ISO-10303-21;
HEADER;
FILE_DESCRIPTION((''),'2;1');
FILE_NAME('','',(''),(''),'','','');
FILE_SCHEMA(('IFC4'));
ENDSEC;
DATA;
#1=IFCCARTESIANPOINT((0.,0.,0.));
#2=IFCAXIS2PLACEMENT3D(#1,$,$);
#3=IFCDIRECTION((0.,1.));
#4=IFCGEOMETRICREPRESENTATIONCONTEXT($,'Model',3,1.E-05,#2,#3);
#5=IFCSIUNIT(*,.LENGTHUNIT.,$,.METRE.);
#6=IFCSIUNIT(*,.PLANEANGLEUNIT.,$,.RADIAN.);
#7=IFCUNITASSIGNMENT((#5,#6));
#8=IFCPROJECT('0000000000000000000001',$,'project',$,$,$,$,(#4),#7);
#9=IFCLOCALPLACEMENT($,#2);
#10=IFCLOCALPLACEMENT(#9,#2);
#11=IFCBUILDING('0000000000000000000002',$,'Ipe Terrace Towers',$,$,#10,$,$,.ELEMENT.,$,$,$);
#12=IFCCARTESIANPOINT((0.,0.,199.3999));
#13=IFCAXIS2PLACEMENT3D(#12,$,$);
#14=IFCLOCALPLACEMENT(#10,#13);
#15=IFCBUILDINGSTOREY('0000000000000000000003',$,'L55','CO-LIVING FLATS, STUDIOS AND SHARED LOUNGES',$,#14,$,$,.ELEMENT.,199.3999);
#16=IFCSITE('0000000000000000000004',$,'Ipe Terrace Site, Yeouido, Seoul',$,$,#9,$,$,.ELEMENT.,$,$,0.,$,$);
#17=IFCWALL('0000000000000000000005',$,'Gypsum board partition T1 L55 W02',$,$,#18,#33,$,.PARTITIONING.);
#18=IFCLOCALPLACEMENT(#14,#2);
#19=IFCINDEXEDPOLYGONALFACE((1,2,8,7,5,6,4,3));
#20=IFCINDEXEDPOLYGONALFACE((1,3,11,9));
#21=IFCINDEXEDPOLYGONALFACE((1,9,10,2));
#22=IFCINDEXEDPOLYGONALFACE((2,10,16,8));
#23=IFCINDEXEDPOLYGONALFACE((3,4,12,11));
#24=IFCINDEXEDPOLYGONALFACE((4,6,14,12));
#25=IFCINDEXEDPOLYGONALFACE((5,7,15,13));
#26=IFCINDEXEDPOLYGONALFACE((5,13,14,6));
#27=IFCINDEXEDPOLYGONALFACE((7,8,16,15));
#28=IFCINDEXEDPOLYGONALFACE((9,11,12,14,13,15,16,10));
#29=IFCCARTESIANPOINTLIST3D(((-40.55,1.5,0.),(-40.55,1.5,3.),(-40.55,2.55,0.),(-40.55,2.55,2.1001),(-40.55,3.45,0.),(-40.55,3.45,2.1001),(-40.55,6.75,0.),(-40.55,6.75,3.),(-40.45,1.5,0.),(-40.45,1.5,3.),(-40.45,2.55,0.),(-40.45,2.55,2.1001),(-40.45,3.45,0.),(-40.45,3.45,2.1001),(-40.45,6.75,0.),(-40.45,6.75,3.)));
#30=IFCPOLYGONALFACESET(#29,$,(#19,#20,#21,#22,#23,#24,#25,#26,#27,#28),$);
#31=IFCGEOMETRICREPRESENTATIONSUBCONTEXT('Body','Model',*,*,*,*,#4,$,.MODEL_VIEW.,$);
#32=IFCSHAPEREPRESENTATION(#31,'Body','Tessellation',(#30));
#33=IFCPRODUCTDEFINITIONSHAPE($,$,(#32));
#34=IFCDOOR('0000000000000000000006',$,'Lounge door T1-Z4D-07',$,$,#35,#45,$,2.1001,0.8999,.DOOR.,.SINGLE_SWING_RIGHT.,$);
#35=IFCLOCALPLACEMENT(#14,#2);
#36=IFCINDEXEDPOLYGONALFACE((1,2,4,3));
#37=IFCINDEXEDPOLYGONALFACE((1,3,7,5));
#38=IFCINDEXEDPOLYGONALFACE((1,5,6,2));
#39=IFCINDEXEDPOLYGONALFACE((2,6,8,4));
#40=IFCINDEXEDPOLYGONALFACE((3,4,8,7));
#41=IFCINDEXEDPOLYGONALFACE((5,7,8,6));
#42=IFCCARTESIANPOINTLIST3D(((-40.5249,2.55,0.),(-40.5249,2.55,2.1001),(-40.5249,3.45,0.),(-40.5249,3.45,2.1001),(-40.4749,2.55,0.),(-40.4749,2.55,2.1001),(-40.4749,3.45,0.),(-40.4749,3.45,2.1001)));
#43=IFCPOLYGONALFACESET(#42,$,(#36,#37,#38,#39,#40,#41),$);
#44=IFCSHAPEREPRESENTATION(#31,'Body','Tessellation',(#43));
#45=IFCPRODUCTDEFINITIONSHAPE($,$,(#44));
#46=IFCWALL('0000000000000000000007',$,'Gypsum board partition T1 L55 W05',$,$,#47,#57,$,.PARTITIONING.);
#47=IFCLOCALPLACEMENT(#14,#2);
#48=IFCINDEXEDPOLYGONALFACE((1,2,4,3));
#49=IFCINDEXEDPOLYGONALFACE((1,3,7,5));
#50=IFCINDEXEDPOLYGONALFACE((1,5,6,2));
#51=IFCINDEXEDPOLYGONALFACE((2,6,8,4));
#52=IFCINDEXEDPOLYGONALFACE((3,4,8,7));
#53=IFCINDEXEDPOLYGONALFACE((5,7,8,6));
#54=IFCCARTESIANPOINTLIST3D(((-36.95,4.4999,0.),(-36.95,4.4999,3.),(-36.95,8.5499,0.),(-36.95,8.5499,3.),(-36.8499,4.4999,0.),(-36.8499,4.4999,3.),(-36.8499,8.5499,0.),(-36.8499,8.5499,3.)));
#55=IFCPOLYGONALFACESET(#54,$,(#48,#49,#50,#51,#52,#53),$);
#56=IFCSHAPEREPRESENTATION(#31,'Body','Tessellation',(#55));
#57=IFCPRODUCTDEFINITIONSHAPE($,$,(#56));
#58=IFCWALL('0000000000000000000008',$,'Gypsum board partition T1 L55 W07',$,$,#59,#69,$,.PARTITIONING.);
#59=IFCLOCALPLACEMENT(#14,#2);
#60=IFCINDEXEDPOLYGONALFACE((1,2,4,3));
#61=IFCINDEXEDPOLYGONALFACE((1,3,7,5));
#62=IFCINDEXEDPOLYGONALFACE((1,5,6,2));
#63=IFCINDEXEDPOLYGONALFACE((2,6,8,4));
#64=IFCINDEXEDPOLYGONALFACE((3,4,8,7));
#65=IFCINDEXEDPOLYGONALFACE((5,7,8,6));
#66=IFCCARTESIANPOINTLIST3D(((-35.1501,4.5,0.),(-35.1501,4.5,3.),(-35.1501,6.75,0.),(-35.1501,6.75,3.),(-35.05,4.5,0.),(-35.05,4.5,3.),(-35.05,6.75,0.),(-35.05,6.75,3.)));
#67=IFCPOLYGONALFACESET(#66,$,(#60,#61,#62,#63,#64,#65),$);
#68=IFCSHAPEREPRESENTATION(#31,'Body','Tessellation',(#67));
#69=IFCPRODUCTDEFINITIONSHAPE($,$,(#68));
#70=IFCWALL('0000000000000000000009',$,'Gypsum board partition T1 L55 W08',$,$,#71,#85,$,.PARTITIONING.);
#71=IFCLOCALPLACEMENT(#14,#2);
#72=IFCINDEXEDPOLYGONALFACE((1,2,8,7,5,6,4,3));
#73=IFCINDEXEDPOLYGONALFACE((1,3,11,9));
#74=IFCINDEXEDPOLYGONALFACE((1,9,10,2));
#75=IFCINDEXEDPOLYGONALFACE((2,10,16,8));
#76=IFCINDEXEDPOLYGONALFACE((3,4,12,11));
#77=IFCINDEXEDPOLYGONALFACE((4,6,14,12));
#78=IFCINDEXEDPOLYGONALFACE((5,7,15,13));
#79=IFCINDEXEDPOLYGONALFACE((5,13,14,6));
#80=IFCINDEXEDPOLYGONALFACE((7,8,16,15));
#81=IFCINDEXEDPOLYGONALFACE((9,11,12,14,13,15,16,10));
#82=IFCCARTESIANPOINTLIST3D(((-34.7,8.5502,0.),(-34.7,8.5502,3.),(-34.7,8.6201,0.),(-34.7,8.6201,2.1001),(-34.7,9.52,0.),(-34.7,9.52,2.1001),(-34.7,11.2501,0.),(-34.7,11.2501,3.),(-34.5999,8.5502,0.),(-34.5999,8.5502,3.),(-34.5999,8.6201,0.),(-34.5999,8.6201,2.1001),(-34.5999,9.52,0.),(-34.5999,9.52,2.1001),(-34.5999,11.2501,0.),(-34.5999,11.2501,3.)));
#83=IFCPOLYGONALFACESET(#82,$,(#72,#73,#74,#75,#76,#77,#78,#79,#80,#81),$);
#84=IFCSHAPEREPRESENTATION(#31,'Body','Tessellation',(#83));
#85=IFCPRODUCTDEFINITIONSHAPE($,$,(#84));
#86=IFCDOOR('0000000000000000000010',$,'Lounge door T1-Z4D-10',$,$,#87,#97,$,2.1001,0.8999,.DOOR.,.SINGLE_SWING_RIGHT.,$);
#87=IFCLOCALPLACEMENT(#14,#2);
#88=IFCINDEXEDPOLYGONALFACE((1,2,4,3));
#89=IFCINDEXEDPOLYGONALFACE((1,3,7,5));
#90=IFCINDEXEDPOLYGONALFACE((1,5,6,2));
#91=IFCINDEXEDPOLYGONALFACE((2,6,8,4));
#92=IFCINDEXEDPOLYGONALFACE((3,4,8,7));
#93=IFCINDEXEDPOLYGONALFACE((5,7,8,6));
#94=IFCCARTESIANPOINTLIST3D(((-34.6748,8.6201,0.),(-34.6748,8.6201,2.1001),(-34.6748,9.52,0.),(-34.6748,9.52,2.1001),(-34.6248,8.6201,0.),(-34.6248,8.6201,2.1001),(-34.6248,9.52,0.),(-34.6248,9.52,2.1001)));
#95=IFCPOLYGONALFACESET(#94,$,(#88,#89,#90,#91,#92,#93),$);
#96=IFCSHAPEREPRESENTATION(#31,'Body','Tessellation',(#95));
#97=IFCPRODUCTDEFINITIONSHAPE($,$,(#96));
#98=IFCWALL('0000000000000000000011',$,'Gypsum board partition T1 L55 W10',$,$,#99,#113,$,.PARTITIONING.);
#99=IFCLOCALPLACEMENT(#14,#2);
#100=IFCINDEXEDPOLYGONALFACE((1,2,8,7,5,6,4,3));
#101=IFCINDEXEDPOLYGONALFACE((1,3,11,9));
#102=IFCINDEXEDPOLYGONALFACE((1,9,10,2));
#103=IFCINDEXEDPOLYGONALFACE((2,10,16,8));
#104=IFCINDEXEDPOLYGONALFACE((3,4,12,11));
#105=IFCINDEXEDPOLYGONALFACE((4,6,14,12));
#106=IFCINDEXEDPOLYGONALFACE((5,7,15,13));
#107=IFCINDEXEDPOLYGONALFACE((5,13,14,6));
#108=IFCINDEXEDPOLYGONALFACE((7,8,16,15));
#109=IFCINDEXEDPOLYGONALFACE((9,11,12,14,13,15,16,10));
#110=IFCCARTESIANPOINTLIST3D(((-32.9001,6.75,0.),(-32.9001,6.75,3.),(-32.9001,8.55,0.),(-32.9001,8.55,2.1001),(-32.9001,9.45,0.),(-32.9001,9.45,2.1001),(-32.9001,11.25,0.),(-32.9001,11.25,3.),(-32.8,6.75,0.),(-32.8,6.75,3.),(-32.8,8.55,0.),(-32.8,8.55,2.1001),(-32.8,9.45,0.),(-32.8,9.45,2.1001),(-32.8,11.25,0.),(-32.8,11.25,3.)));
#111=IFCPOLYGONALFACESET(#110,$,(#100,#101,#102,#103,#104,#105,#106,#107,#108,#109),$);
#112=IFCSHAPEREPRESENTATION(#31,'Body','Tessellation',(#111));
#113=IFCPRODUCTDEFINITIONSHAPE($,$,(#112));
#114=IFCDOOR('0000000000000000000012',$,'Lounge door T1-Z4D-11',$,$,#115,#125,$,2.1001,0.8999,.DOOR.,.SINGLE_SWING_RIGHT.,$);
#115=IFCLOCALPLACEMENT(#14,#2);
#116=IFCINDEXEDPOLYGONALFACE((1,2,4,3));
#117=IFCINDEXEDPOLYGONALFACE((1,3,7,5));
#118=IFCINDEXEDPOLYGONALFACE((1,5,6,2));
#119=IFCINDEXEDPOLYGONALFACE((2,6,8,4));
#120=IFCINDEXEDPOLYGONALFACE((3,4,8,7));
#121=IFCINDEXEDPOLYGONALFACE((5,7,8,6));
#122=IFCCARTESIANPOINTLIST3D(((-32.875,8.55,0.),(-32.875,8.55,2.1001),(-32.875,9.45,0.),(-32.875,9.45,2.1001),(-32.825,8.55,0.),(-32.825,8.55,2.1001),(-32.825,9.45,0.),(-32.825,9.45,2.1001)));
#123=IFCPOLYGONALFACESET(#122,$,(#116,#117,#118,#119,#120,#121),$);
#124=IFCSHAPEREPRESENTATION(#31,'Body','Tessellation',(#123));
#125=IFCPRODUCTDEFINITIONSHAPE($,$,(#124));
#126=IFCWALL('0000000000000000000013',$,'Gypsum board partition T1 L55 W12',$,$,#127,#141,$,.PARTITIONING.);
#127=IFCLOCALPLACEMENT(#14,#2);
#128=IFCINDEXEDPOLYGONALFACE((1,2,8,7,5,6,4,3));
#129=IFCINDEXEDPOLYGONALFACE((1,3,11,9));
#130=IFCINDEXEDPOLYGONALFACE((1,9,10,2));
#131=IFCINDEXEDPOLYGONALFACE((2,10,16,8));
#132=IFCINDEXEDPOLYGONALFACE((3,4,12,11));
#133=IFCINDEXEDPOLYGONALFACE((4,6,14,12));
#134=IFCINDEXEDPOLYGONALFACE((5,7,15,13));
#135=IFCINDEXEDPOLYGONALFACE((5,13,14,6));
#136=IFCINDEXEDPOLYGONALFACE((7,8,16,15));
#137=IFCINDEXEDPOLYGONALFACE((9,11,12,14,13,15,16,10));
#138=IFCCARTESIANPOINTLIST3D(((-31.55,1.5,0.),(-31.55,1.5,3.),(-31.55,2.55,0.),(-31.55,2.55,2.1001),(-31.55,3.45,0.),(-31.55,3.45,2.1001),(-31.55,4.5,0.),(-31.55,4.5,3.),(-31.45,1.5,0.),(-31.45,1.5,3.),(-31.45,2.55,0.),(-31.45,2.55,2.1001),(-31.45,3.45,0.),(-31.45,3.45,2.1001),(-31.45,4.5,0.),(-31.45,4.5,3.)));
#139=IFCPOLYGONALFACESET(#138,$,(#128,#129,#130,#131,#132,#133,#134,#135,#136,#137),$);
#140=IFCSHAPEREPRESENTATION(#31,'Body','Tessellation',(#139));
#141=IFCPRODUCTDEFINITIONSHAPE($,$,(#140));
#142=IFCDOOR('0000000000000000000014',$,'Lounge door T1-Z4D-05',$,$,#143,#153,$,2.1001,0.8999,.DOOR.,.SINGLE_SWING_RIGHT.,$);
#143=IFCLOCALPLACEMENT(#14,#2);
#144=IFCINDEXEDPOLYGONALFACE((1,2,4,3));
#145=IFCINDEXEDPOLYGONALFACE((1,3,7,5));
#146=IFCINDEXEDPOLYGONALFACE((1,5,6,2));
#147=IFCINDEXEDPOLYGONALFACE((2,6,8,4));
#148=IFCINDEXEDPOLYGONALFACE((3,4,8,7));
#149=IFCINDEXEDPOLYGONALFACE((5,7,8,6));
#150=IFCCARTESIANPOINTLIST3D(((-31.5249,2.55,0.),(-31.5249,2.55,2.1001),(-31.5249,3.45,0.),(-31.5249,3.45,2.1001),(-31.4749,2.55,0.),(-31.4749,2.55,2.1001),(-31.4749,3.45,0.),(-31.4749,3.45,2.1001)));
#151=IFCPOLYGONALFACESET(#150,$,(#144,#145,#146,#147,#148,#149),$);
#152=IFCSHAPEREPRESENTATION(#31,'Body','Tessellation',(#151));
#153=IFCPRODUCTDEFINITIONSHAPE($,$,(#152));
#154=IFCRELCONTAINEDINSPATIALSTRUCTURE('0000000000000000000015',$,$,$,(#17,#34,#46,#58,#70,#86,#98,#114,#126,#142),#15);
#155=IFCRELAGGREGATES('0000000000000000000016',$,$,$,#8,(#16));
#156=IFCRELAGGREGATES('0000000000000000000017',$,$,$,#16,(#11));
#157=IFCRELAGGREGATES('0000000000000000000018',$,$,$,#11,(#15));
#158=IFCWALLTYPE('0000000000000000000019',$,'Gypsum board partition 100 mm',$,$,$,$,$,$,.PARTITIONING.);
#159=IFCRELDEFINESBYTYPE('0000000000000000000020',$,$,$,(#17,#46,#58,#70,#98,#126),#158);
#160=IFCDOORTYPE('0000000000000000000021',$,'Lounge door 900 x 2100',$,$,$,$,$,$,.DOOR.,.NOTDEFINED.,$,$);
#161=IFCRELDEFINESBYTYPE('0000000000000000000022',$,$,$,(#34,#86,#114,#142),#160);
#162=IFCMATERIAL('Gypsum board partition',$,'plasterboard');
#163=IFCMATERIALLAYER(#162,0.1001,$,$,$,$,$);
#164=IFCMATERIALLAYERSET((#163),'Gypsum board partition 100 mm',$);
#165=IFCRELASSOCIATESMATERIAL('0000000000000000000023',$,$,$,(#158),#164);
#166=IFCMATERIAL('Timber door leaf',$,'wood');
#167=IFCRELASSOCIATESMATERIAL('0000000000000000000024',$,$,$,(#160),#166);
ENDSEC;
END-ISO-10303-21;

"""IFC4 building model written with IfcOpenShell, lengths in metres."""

from ifc_helpers import new_model, si_unit, direction, frame, frame_2d, origin, place, context, subcontext, project, spatial, rectangle, extrude, material, layer, layer_set, type_object, element, fill, save


model = new_model("IFC4")

# Units and contexts
model_context = context("Model", 3, precision=1e-05, world=origin(), true_north=direction((0.0, 1.0)))
body_context = subcontext(model_context, "Body", "Model", "MODEL_VIEW")
ifc_project = project(units=[si_unit("LENGTHUNIT", "METRE"), si_unit("PLANEANGLEUNIT", "RADIAN")], contexts=[model_context])

# Site, building, storey
site_placement = place(None, origin())
site = spatial("IfcSite", under=ifc_project, at=site_placement, Name="Ipe Terrace Site, Yeouido, Seoul", CompositionType="ELEMENT", RefElevation=0.0)
building_placement = place(site_placement, origin())
building = spatial("IfcBuilding", under=site, at=building_placement, Name="Ipe Terrace Towers", CompositionType="ELEMENT")
storey_placement = place(building_placement, frame((0.0, 0.0, 199.3999)))
storey = spatial("IfcBuildingStorey", under=building, at=storey_placement, Name="L55", Description="CO-LIVING FLATS, STUDIOS AND SHARED LOUNGES", CompositionType="ELEMENT", Elevation=199.3999)

# Wall, opening, door
ifc_material_1 = material(Name="Gypsum board partition", Category="plasterboard")
ifc_layer_1 = layer(ifc_material_1, 0.1001)
ifc_layer_set_1 = layer_set([ifc_layer_1], Name="Gypsum board partition 100 mm")
wall_type_1 = type_object("IfcWallType", Name="Gypsum board partition 100 mm", PredefinedType="PARTITIONING", material=ifc_layer_set_1)
wall_1_placement = place(storey_placement, frame((-40.5, 1.5, 0.0), z_axis=(0.0, 0.0, 1.0), x_axis=(0.0, 1.0, 0.0)))
wall_1 = element("IfcWall", 1, at=wall_1_placement, inside=storey, type_object=wall_type_1, Name="Gypsum board partition T1 L55 W02", PredefinedType="PARTITIONING", context=body_context, shape_type="SweptSolid", body=[
    extrude(rectangle(XDim=5.25, YDim=0.1001, at=frame_2d((2.625, 0.0))), origin(), (0.0, 0.0, 1.0), 3.0),
])
opening_1_placement = place(wall_1_placement, frame((1.05, 0.0, 0.0)))
opening_1 = element("IfcOpeningElement", 2, at=opening_1_placement, cuts=wall_1, PredefinedType="OPENING", context=body_context, shape_type="SweptSolid", body=[
    extrude(rectangle(XDim=0.8999, YDim=2.1001, at=frame_2d((0.45, 1.05))), frame((0.0, 0.0601, 0.0), z_axis=(0.0, -1.0, 0.0), x_axis=(1.0, 0.0, 0.0)), (0.0, 0.0, 1.0), 0.1201),
])
ifc_material_2 = material(Name="Timber door leaf", Category="wood")
door_type = type_object("IfcDoorType", Name="Lounge door 900 x 2100", OperationType="NOTDEFINED", PredefinedType="DOOR", material=ifc_material_2)
door_1_placement = place(opening_1_placement, origin())
door_1 = element("IfcDoor", 3, at=door_1_placement, inside=storey, type_object=door_type, Name="Lounge door T1-Z4D-07", OperationType="SINGLE_SWING_RIGHT", OverallHeight=2.1001, OverallWidth=0.8999, PredefinedType="DOOR", context=body_context, shape_type="SweptSolid", body=[
    extrude(rectangle(XDim=0.8999, YDim=2.1001, at=frame_2d((0.45, 1.05))), frame((0.0, 0.0249, 0.0), z_axis=(0.0, -1.0, 0.0), x_axis=(1.0, 0.0, 0.0)), (0.0, 0.0, 1.0), 0.05),
])
fill(opening_1, door_1)

# Walls
wall_2_placement = place(storey_placement, frame((-36.8999, 4.5, 0.0), z_axis=(0.0, 0.0, 1.0), x_axis=(0.0, 1.0, 0.0)))
element("IfcWall", 4, at=wall_2_placement, inside=storey, type_object=wall_type_1, Name="Gypsum board partition T1 L55 W05", PredefinedType="PARTITIONING", context=body_context, shape_type="SweptSolid", body=[
    extrude(rectangle(XDim=4.05, YDim=0.1001, at=frame_2d((2.0249, 0.0))), origin(), (0.0, 0.0, 1.0), 3.0),
])
wall_3_placement = place(storey_placement, frame((-35.1001, 4.5, 0.0), z_axis=(0.0, 0.0, 1.0), x_axis=(0.0, 1.0, 0.0)))
element("IfcWall", 5, at=wall_3_placement, inside=storey, type_object=wall_type_1, Name="Gypsum board partition T1 L55 W07", PredefinedType="PARTITIONING", context=body_context, shape_type="SweptSolid", body=[
    extrude(rectangle(XDim=2.25, YDim=0.1001, at=frame_2d((1.125, 0.0))), origin(), (0.0, 0.0, 1.0), 3.0),
])

# Walls, openings, doors
wall_4_placement = place(storey_placement, frame((-34.6499, 8.55, 0.0), z_axis=(0.0, 0.0, 1.0), x_axis=(0.0, 1.0, 0.0)))
wall_4 = element("IfcWall", 6, at=wall_4_placement, inside=storey, type_object=wall_type_1, Name="Gypsum board partition T1 L55 W08", PredefinedType="PARTITIONING", context=body_context, shape_type="SweptSolid", body=[
    extrude(rectangle(XDim=2.7, YDim=0.1001, at=frame_2d((1.3501, 0.0))), origin(), (0.0, 0.0, 1.0), 3.0),
])
opening_2_placement = place(wall_4_placement, frame((0.0701, 0.0, 0.0)))
opening_2 = element("IfcOpeningElement", 7, at=opening_2_placement, cuts=wall_4, PredefinedType="OPENING", context=body_context, shape_type="SweptSolid", body=[
    extrude(rectangle(XDim=0.8999, YDim=2.1001, at=frame_2d((0.45, 1.05))), frame((0.0, 0.0601, 0.0), z_axis=(0.0, -1.0, 0.0), x_axis=(1.0, 0.0, 0.0)), (0.0, 0.0, 1.0), 0.1201),
])
door_2_placement = place(opening_2_placement, origin())
door_2 = element("IfcDoor", 8, at=door_2_placement, inside=storey, type_object=door_type, Name="Lounge door T1-Z4D-10", OperationType="SINGLE_SWING_RIGHT", OverallHeight=2.1001, OverallWidth=0.8999, PredefinedType="DOOR", context=body_context, shape_type="SweptSolid", body=[
    extrude(rectangle(XDim=0.8999, YDim=2.1001, at=frame_2d((0.45, 1.05))), frame((0.0, 0.0249, 0.0), z_axis=(0.0, -1.0, 0.0), x_axis=(1.0, 0.0, 0.0)), (0.0, 0.0, 1.0), 0.05),
])
fill(opening_2, door_2)
wall_5_placement = place(storey_placement, frame((-32.8501, 6.75, 0.0), z_axis=(0.0, 0.0, 1.0), x_axis=(0.0, 1.0, 0.0)))
wall_5 = element("IfcWall", 9, at=wall_5_placement, inside=storey, type_object=wall_type_1, Name="Gypsum board partition T1 L55 W10", PredefinedType="PARTITIONING", context=body_context, shape_type="SweptSolid", body=[
    extrude(rectangle(XDim=4.5, YDim=0.1001, at=frame_2d((2.25, 0.0))), origin(), (0.0, 0.0, 1.0), 3.0),
])
opening_3_placement = place(wall_5_placement, frame((1.8, 0.0, 0.0)))
opening_3 = element("IfcOpeningElement", 10, at=opening_3_placement, cuts=wall_5, PredefinedType="OPENING", context=body_context, shape_type="SweptSolid", body=[
    extrude(rectangle(XDim=0.8999, YDim=2.1001, at=frame_2d((0.45, 1.05))), frame((0.0, 0.0601, 0.0), z_axis=(0.0, -1.0, 0.0), x_axis=(1.0, 0.0, 0.0)), (0.0, 0.0, 1.0), 0.1201),
])
door_3_placement = place(opening_3_placement, origin())
door_3 = element("IfcDoor", 11, at=door_3_placement, inside=storey, type_object=door_type, Name="Lounge door T1-Z4D-11", OperationType="SINGLE_SWING_RIGHT", OverallHeight=2.1001, OverallWidth=0.8999, PredefinedType="DOOR", context=body_context, shape_type="SweptSolid", body=[
    extrude(rectangle(XDim=0.8999, YDim=2.1001, at=frame_2d((0.45, 1.05))), frame((0.0, 0.0249, 0.0), z_axis=(0.0, -1.0, 0.0), x_axis=(1.0, 0.0, 0.0)), (0.0, 0.0, 1.0), 0.05),
])
fill(opening_3, door_3)
wall_6_placement = place(storey_placement, frame((-31.5, 1.5, 0.0), z_axis=(0.0, 0.0, 1.0), x_axis=(0.0, 1.0, 0.0)))
wall_6 = element("IfcWall", 12, at=wall_6_placement, inside=storey, type_object=wall_type_1, Name="Gypsum board partition T1 L55 W12", PredefinedType="PARTITIONING", context=body_context, shape_type="SweptSolid", body=[
    extrude(rectangle(XDim=3.0, YDim=0.1001, at=frame_2d((1.5, 0.0))), origin(), (0.0, 0.0, 1.0), 3.0),
])
opening_4_placement = place(wall_6_placement, frame((1.05, 0.0, 0.0)))
opening_4 = element("IfcOpeningElement", 13, at=opening_4_placement, cuts=wall_6, PredefinedType="OPENING", context=body_context, shape_type="SweptSolid", body=[
    extrude(rectangle(XDim=0.8999, YDim=2.1001, at=frame_2d((0.45, 1.05))), frame((0.0, 0.0601, 0.0), z_axis=(0.0, -1.0, 0.0), x_axis=(1.0, 0.0, 0.0)), (0.0, 0.0, 1.0), 0.1201),
])
door_4_placement = place(opening_4_placement, origin())
door_4 = element("IfcDoor", 14, at=door_4_placement, inside=storey, type_object=door_type, Name="Lounge door T1-Z4D-05", OperationType="SINGLE_SWING_RIGHT", OverallHeight=2.1001, OverallWidth=0.8999, PredefinedType="DOOR", context=body_context, shape_type="SweptSolid", body=[
    extrude(rectangle(XDim=0.8999, YDim=2.1001, at=frame_2d((0.45, 1.05))), frame((0.0, 0.0249, 0.0), z_axis=(0.0, -1.0, 0.0), x_axis=(1.0, 0.0, 0.0)), (0.0, 0.0, 1.0), 0.05),
])
fill(opening_4, door_4)

save(model, "model.ifc")
